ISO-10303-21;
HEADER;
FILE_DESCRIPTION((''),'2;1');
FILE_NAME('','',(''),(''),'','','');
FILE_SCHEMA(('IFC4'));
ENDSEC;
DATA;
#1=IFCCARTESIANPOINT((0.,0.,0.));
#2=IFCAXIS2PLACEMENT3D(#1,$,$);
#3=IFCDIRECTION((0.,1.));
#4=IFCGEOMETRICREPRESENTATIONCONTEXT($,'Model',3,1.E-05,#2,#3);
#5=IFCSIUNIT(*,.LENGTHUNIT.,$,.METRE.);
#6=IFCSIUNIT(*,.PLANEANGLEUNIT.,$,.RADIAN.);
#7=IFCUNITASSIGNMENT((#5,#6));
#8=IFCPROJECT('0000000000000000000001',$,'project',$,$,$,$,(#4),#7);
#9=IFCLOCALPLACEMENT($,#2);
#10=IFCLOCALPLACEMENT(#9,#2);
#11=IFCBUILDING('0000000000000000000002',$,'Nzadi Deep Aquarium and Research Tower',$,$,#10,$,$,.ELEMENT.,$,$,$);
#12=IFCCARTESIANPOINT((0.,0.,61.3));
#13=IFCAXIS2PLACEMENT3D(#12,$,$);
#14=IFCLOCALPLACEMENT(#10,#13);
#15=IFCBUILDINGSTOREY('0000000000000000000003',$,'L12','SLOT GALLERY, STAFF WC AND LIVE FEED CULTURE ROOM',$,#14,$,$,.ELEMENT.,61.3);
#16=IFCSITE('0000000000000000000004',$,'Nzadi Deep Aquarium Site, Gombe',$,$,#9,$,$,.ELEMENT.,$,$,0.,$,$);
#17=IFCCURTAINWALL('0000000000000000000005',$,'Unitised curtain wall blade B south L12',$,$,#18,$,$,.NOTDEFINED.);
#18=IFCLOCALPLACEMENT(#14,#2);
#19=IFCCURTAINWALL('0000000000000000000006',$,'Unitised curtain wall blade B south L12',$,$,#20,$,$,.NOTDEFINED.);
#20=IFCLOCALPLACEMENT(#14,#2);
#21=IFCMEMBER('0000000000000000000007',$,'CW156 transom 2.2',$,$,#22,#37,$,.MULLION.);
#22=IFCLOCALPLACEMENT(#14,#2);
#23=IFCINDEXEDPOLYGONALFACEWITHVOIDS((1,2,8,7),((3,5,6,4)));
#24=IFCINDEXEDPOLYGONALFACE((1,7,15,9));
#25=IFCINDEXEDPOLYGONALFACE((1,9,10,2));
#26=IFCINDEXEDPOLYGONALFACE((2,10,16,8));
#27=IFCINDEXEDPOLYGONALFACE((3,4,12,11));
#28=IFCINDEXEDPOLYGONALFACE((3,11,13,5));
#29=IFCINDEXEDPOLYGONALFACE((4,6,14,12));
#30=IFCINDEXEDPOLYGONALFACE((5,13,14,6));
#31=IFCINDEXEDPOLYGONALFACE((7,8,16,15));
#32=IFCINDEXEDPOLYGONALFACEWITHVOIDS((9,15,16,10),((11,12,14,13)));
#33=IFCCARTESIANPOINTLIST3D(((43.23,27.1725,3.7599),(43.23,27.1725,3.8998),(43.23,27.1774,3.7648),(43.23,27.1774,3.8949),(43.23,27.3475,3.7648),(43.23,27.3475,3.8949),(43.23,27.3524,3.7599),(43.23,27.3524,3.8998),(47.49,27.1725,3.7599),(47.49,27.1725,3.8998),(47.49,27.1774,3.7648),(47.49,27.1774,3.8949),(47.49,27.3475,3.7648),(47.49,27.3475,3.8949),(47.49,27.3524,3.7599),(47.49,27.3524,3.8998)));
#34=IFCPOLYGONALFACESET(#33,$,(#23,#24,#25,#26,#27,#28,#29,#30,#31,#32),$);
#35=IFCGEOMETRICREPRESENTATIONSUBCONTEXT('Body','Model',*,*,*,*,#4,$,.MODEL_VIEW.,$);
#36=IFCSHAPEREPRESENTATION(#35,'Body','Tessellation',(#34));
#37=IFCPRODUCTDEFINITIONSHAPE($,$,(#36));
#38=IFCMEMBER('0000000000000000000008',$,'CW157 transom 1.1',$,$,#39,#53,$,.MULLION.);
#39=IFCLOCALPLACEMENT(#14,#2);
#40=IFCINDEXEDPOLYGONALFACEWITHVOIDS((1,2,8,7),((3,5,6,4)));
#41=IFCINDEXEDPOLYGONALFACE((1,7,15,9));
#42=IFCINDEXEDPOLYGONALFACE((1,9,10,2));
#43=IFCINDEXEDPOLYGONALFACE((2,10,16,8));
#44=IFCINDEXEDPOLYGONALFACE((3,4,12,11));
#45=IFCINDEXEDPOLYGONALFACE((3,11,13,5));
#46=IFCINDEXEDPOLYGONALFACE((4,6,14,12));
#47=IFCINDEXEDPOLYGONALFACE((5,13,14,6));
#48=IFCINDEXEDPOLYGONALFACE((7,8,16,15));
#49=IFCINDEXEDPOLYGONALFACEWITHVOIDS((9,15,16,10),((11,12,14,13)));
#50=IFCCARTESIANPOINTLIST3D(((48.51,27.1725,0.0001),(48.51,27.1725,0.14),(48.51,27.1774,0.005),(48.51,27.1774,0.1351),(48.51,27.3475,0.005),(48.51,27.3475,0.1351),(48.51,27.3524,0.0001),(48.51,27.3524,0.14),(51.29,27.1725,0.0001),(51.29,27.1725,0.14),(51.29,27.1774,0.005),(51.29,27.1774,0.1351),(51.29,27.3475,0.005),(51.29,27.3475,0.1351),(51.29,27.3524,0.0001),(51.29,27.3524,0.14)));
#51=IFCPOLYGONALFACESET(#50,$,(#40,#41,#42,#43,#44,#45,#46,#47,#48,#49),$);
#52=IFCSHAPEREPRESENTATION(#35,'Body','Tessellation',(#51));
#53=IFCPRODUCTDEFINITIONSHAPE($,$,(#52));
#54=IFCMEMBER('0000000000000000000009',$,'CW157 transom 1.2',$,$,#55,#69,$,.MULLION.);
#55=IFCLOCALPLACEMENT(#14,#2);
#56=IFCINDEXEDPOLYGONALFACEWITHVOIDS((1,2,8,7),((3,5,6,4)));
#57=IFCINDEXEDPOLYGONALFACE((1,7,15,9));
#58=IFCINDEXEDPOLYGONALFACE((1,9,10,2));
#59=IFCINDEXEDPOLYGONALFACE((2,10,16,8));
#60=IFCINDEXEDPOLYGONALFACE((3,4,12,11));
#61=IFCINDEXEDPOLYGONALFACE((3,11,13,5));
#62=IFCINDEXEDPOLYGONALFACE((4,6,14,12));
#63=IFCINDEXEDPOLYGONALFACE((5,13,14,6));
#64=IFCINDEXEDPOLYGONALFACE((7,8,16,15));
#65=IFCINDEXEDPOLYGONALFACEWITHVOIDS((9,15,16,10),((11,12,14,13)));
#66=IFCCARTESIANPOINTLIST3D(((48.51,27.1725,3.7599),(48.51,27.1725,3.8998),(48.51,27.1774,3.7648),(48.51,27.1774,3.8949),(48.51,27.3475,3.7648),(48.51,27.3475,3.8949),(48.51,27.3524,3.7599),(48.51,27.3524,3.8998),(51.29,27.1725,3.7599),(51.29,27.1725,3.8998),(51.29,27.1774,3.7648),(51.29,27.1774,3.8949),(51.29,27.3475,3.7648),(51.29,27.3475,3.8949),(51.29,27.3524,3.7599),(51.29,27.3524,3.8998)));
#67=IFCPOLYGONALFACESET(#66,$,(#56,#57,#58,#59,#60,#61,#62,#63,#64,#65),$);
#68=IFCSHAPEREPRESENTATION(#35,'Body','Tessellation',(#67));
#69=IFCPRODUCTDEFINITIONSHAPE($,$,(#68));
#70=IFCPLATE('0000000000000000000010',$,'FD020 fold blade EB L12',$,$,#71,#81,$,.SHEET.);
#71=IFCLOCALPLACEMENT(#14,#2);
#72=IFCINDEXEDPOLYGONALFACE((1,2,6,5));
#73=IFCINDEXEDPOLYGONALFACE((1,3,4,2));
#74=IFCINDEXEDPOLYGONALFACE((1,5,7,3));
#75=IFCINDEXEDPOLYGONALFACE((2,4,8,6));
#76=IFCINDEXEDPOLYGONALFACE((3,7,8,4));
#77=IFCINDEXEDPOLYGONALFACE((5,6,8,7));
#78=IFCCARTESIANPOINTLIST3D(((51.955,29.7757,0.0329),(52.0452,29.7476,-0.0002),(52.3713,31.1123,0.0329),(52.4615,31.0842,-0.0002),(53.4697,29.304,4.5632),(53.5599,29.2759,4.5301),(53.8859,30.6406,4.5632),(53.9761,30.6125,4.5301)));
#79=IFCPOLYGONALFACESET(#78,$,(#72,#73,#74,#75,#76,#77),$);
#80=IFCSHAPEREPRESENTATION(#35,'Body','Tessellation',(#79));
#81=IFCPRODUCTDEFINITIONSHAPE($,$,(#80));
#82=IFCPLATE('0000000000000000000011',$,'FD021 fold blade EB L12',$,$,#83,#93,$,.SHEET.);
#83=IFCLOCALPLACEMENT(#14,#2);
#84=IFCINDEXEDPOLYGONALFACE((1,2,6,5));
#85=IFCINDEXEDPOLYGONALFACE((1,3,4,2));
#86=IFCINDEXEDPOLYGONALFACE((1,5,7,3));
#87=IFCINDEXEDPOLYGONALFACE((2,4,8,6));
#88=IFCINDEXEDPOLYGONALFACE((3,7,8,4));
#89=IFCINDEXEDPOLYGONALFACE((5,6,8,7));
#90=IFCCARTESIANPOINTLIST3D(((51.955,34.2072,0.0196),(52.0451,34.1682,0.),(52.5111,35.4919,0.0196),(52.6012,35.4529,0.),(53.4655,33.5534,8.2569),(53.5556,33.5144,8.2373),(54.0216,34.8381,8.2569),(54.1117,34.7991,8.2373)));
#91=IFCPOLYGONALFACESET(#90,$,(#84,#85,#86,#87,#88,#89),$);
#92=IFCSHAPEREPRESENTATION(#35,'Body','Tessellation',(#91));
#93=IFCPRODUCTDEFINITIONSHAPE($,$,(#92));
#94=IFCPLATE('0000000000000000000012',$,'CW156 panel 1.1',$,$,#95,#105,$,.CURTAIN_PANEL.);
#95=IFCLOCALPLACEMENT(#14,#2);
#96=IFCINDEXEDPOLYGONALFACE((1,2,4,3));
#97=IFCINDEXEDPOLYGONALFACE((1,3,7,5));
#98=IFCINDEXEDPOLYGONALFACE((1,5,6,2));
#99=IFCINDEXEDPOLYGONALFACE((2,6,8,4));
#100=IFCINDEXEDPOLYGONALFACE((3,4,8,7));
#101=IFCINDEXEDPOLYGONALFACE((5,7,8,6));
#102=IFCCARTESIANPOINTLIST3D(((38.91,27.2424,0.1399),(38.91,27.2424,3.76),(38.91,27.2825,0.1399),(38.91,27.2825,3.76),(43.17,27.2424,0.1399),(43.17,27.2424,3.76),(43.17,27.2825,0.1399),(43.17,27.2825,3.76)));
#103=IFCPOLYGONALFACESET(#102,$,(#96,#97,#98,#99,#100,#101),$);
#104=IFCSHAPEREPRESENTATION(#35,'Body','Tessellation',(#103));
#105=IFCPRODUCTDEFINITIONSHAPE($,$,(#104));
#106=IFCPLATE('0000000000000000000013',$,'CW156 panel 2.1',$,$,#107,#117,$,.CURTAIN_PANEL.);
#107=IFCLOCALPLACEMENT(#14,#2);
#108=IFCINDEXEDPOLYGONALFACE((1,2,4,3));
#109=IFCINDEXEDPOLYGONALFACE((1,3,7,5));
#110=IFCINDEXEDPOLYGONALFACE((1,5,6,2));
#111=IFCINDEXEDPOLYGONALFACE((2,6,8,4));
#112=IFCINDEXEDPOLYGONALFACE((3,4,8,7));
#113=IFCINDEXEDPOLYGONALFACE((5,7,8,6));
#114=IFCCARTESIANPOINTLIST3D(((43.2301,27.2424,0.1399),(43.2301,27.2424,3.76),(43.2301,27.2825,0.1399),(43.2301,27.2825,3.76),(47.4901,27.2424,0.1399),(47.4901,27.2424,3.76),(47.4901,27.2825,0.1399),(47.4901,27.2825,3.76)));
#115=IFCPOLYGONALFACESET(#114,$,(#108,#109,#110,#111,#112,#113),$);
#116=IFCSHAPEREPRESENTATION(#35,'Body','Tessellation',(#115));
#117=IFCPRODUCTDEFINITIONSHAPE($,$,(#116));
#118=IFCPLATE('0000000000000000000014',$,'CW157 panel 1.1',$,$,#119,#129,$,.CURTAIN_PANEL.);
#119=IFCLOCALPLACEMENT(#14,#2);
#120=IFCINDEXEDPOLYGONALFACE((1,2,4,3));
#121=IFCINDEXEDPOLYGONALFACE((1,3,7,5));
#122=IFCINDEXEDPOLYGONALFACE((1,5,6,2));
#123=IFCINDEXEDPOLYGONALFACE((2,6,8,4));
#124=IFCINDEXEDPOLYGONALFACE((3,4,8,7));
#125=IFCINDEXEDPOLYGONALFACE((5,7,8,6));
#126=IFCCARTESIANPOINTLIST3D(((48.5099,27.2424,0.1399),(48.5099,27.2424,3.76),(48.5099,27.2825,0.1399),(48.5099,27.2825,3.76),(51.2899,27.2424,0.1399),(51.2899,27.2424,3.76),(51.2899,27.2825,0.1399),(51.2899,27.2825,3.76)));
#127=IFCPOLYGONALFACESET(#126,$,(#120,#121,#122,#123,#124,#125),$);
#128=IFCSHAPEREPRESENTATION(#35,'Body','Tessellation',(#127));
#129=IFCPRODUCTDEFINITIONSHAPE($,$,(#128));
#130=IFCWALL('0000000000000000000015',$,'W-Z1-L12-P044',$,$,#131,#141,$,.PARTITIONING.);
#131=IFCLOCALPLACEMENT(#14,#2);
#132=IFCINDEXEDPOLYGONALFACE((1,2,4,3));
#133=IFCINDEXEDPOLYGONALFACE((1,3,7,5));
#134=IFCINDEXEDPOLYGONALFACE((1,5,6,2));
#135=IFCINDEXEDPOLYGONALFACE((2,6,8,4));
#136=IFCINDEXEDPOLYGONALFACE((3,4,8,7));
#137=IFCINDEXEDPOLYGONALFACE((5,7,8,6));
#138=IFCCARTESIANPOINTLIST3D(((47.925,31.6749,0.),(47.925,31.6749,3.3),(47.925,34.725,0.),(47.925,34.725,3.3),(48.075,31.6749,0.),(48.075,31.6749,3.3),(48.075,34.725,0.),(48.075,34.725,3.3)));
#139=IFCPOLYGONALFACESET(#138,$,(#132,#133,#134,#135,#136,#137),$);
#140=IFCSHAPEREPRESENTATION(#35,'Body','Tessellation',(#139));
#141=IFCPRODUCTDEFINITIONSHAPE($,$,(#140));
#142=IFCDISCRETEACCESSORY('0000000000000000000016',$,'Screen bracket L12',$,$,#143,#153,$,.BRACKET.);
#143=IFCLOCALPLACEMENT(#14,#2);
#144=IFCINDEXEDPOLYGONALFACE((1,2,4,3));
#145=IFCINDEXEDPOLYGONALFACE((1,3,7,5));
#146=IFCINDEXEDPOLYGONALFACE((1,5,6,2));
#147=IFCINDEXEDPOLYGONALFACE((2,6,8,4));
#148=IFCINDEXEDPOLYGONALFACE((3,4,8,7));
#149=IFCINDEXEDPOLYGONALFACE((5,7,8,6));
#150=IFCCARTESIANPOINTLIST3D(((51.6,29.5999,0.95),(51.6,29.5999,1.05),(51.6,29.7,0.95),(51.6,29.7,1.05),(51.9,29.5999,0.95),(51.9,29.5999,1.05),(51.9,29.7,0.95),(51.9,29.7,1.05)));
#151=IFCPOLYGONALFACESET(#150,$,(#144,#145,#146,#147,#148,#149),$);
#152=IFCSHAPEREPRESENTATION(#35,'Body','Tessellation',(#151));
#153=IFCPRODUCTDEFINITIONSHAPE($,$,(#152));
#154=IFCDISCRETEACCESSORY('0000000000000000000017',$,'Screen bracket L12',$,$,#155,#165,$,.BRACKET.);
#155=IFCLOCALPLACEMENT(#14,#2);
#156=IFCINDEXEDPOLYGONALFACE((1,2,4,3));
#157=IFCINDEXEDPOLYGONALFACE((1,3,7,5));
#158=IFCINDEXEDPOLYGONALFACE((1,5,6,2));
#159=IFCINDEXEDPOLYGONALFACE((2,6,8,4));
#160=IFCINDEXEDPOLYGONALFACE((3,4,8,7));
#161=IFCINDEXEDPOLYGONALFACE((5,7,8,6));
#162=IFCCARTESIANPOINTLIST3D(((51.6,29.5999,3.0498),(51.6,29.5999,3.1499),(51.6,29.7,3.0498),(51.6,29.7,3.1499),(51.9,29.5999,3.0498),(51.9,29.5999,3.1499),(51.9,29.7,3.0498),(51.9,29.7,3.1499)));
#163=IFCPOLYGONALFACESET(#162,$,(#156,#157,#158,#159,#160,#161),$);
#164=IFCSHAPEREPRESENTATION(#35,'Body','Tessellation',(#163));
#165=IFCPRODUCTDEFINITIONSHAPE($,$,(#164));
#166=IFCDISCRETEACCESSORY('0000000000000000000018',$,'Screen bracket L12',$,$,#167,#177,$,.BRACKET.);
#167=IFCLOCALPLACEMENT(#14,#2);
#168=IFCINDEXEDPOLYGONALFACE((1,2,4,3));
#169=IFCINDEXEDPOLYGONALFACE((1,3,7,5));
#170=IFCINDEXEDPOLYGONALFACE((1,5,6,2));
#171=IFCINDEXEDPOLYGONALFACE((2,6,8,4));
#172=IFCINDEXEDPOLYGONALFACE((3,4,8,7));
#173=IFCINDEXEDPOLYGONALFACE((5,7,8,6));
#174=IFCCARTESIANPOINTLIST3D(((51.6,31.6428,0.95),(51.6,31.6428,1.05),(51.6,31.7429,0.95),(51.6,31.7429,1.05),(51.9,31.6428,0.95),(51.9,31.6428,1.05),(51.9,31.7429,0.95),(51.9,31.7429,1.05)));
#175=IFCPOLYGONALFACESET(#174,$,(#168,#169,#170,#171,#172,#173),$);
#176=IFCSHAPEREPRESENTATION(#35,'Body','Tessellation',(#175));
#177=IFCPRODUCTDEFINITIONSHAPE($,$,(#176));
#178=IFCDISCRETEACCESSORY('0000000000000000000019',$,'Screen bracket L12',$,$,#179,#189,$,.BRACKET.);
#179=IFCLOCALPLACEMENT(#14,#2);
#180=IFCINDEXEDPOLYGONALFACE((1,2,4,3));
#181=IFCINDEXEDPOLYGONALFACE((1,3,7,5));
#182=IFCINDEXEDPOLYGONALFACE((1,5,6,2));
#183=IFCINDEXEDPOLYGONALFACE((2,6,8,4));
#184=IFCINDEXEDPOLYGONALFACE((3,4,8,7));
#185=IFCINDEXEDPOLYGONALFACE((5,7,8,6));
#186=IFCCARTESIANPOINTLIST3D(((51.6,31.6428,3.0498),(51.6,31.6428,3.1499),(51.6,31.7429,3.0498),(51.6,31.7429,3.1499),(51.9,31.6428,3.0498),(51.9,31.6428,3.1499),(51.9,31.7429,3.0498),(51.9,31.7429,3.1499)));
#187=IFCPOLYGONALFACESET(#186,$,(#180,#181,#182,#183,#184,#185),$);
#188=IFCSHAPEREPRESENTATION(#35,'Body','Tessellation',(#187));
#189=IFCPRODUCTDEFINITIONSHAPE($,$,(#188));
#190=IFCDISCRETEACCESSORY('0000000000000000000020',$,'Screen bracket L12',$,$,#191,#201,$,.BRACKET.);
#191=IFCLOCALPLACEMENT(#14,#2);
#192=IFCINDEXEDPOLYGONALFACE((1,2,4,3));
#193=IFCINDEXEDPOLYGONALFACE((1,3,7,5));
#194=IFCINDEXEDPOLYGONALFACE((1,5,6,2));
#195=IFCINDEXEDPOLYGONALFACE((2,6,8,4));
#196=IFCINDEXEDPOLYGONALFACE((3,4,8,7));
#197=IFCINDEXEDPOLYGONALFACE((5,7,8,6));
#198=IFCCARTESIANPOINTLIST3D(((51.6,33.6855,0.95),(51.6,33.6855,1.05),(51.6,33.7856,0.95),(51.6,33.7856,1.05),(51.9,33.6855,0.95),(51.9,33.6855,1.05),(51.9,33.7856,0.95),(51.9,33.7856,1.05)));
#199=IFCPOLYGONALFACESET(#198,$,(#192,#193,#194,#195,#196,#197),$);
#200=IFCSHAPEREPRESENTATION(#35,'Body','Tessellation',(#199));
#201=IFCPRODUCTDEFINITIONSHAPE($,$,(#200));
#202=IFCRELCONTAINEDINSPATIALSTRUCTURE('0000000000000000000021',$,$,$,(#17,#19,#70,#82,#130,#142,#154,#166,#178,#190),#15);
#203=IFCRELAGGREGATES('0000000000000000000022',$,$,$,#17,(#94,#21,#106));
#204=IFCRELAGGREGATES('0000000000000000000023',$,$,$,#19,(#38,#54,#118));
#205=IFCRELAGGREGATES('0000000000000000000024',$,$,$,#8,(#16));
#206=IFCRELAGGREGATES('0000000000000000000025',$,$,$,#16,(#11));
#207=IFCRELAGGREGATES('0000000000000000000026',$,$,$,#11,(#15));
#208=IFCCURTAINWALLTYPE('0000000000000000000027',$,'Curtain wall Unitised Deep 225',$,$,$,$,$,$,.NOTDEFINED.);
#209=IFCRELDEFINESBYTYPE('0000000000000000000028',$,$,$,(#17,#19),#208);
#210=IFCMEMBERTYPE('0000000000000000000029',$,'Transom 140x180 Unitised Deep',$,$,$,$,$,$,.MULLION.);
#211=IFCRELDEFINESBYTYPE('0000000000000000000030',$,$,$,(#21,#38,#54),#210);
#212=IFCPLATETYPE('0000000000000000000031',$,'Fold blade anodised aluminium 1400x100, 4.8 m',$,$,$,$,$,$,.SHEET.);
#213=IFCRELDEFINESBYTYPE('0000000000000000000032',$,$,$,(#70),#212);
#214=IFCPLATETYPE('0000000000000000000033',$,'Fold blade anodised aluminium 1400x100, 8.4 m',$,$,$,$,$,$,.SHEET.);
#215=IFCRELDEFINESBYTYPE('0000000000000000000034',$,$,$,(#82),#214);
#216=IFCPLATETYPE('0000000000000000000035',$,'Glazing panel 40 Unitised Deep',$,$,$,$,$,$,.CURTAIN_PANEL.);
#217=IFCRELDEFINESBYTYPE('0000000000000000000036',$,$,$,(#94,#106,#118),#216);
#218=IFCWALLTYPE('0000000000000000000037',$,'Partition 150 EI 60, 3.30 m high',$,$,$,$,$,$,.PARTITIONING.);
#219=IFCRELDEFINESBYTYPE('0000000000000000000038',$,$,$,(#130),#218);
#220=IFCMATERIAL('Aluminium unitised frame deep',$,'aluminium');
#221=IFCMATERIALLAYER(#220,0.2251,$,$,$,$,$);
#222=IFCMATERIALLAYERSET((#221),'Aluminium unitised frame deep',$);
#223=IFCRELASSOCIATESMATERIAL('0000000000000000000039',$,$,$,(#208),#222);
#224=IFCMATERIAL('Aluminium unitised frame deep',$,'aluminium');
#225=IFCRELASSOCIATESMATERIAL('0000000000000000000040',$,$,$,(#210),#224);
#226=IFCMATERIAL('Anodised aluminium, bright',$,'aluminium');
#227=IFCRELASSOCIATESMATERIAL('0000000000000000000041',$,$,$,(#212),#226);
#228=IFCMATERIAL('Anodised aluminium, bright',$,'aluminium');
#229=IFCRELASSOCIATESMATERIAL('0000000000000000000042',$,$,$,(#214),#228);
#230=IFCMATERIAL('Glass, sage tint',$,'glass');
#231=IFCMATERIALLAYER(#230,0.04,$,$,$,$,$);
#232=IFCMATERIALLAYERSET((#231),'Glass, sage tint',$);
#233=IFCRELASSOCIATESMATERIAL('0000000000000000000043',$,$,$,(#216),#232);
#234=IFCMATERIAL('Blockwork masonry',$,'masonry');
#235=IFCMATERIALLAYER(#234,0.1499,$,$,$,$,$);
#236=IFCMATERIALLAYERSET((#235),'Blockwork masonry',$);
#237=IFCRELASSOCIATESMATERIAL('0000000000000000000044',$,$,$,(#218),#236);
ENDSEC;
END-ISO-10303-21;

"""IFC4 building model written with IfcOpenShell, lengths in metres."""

from ifc_helpers import new_model, si_unit, direction, frame, frame_2d, origin, origin_2d, place, context, subcontext, project, spatial, rectangle, hollow_rectangle, extrude, material, layer, layer_set, material_profile, profile_set, type_object, element, aggregate, save


model = new_model("IFC4")

# Units and contexts
model_context = context("Model", 3, precision=1e-05, world=origin(), true_north=direction((0.0, 1.0)))
body_context = subcontext(model_context, "Body", "Model", "MODEL_VIEW")
ifc_project = project(units=[si_unit("LENGTHUNIT", "METRE"), si_unit("PLANEANGLEUNIT", "RADIAN")], contexts=[model_context])

# Site, building, storey
site_placement = place(None, origin())
site = spatial("IfcSite", under=ifc_project, at=site_placement, Name="Nzadi Deep Aquarium Site, Gombe", CompositionType="ELEMENT", RefElevation=0.0)
building_placement = place(site_placement, origin())
building = spatial("IfcBuilding", under=site, at=building_placement, Name="Nzadi Deep Aquarium and Research Tower", CompositionType="ELEMENT")
storey_placement = place(building_placement, frame((0.0, 0.0, 61.3)))
storey = spatial("IfcBuildingStorey", under=building, at=storey_placement, Name="L12", Description="SLOT GALLERY, STAFF WC AND LIVE FEED CULTURE ROOM", CompositionType="ELEMENT", Elevation=61.3)

# Curtain walls
ifc_material_1 = material(Name="Aluminium unitised frame deep", Category="aluminium")
ifc_layer_1 = layer(ifc_material_1, 0.2251)
ifc_layer_set_1 = layer_set([ifc_layer_1], Name="Aluminium unitised frame deep")
curtain_wall_type = type_object("IfcCurtainWallType", Name="Curtain wall Unitised Deep 225", PredefinedType="NOTDEFINED", material=ifc_layer_set_1)
curtain_wall_1_placement = place(storey_placement, origin())
curtain_wall_1 = element("IfcCurtainWall", 1, at=curtain_wall_1_placement, inside=storey, type_object=curtain_wall_type, Name="Unitised curtain wall blade B south L12", PredefinedType="NOTDEFINED")
curtain_wall_2_placement = place(storey_placement, origin())
curtain_wall_2 = element("IfcCurtainWall", 2, at=curtain_wall_2_placement, inside=storey, type_object=curtain_wall_type, Name="Unitised curtain wall blade B south L12", PredefinedType="NOTDEFINED")

# Members
ifc_material_2 = material(Name="Aluminium unitised frame deep", Category="aluminium")
ifc_material_profile_1 = material_profile(ifc_material_2, hollow_rectangle(XDim=0.1799, YDim=0.1399, WallThickness=0.0049, at=origin_2d()))
ifc_profile_set_1 = profile_set([ifc_material_profile_1], Name="Aluminium unitised frame deep")
member_type_1 = type_object("IfcMemberType", Name="Transom 140x180 Unitised Deep", PredefinedType="MULLION", material=ifc_profile_set_1)
member_1_placement = place(storey_placement, frame((43.23, 27.2625, 3.8298), z_axis=(1.0, 0.0, 0.0), x_axis=(0.0, 1.0, 0.0)))
member_1 = element("IfcMember", 3, at=member_1_placement, type_object=member_type_1, Name="CW156 transom 2.2", PredefinedType="MULLION", context=body_context, shape_type="SweptSolid", body=[
    extrude(hollow_rectangle(XDim=0.1799, YDim=0.1399, WallThickness=0.0049, at=origin_2d()), origin(), (0.0, 0.0, 1.0), 4.26),
])
member_2_placement = place(storey_placement, frame((48.51, 27.2625, 0.0701), z_axis=(1.0, 0.0, 0.0), x_axis=(0.0, 1.0, 0.0)))
member_2 = element("IfcMember", 4, at=member_2_placement, type_object=member_type_1, Name="CW157 transom 1.1", PredefinedType="MULLION", context=body_context, shape_type="SweptSolid", body=[
    extrude(hollow_rectangle(XDim=0.1799, YDim=0.1399, WallThickness=0.0049, at=origin_2d()), origin(), (0.0, 0.0, 1.0), 2.78),
])
member_3_placement = place(storey_placement, frame((48.51, 27.2625, 3.8298), z_axis=(1.0, 0.0, 0.0), x_axis=(0.0, 1.0, 0.0)))
member_3 = element("IfcMember", 5, at=member_3_placement, type_object=member_type_1, Name="CW157 transom 1.2", PredefinedType="MULLION", context=body_context, shape_type="SweptSolid", body=[
    extrude(hollow_rectangle(XDim=0.1799, YDim=0.1399, WallThickness=0.0049, at=origin_2d()), origin(), (0.0, 0.0, 1.0), 2.78),
])

# Plates
ifc_material_3 = material(Name="Anodised aluminium, bright", Category="aluminium")
ifc_material_profile_2 = material_profile(ifc_material_3, rectangle(XDim=1.3999, YDim=0.1001, at=origin_2d()))
ifc_profile_set_2 = profile_set([ifc_material_profile_2], Name="Anodised aluminium, bright")
plate_type_1 = type_object("IfcPlateType", Name="Fold blade anodised aluminium 1400x100, 4.8 m", PredefinedType="SHEET", material=ifc_profile_set_2)
plate_1_placement = place(storey_placement, frame((52.2083, 30.4299, 0.0164), z_axis=(0.315552, -0.098267, 0.943807), x_axis=(0.297328, 0.954775, 0.0)))
element("IfcPlate", 6, at=plate_1_placement, inside=storey, type_object=plate_type_1, Name="FD020 fold blade EB L12", PredefinedType="SHEET", context=body_context, shape_type="SweptSolid", body=[
    extrude(rectangle(XDim=1.3999, YDim=0.1001, at=origin_2d()), origin(), (0.0, 0.0, 1.0), 4.8),
])
ifc_material_4 = material(Name="Anodised aluminium, bright", Category="aluminium")
ifc_material_profile_3 = material_profile(ifc_material_4, rectangle(XDim=1.3999, YDim=0.1001, at=origin_2d()))
ifc_profile_set_3 = profile_set([ifc_material_profile_3], Name="Anodised aluminium, bright")
plate_type_2 = type_object("IfcPlateType", Name="Fold blade anodised aluminium 1400x100, 8.4 m", PredefinedType="SHEET", material=ifc_profile_set_3)
plate_2_placement = place(storey_placement, frame((52.2781, 34.8301, 0.0098), z_axis=(0.179818, -0.077833, 0.980616), x_axis=(0.397229, 0.91772, 0.0)))
element("IfcPlate", 7, at=plate_2_placement, inside=storey, type_object=plate_type_2, Name="FD021 fold blade EB L12", PredefinedType="SHEET", context=body_context, shape_type="SweptSolid", body=[
    extrude(rectangle(XDim=1.3999, YDim=0.1001, at=origin_2d()), origin(), (0.0, 0.0, 1.0), 8.4001),
])

# Plates
ifc_material_5 = material(Name="Glass, sage tint", Category="glass")
ifc_layer_2 = layer(ifc_material_5, 0.04)
ifc_layer_set_2 = layer_set([ifc_layer_2], Name="Glass, sage tint")
plate_type_3 = type_object("IfcPlateType", Name="Glazing panel 40 Unitised Deep", PredefinedType="CURTAIN_PANEL", material=ifc_layer_set_2)
plate_3_placement = place(storey_placement, frame((41.04, 27.2625, 0.1399), z_axis=(0.0, 0.0, 1.0), x_axis=(1.0, 0.0, 0.0)))
plate_3 = element("IfcPlate", 8, at=plate_3_placement, type_object=plate_type_3, Name="CW156 panel 1.1", PredefinedType="CURTAIN_PANEL", context=body_context, shape_type="SweptSolid", body=[
    extrude(rectangle(XDim=4.26, YDim=0.04, at=origin_2d()), origin(), (0.0, 0.0, 1.0), 3.6201),
])
plate_4_placement = place(storey_placement, frame((45.3601, 27.2625, 0.1399), z_axis=(0.0, 0.0, 1.0), x_axis=(1.0, 0.0, 0.0)))
plate_4 = element("IfcPlate", 9, at=plate_4_placement, type_object=plate_type_3, Name="CW156 panel 2.1", PredefinedType="CURTAIN_PANEL", context=body_context, shape_type="SweptSolid", body=[
    extrude(rectangle(XDim=4.26, YDim=0.04, at=origin_2d()), origin(), (0.0, 0.0, 1.0), 3.6201),
])
aggregate(curtain_wall_1, [plate_3, member_1, plate_4])
plate_5_placement = place(storey_placement, frame((49.8999, 27.2625, 0.1399), z_axis=(0.0, 0.0, 1.0), x_axis=(1.0, 0.0, 0.0)))
plate_5 = element("IfcPlate", 10, at=plate_5_placement, type_object=plate_type_3, Name="CW157 panel 1.1", PredefinedType="CURTAIN_PANEL", context=body_context, shape_type="SweptSolid", body=[
    extrude(rectangle(XDim=2.78, YDim=0.04, at=origin_2d()), origin(), (0.0, 0.0, 1.0), 3.6201),
])
aggregate(curtain_wall_2, [member_2, member_3, plate_5])

# Wall
ifc_material_6 = material(Name="Blockwork masonry", Category="masonry")
ifc_layer_3 = layer(ifc_material_6, 0.1499)
ifc_layer_set_3 = layer_set([ifc_layer_3], Name="Blockwork masonry")
wall_type = type_object("IfcWallType", Name="Partition 150 EI 60, 3.30 m high", PredefinedType="PARTITIONING", material=ifc_layer_set_3)
wall_placement = place(storey_placement, frame((48.0, 31.675, 0.0), z_axis=(0.0, 0.0, 1.0), x_axis=(0.0, 1.0, 0.0)))
element("IfcWall", 11, at=wall_placement, inside=storey, type_object=wall_type, Name="W-Z1-L12-P044", PredefinedType="PARTITIONING", context=body_context, shape_type="SweptSolid", body=[
    extrude(rectangle(XDim=3.05, YDim=0.1499, at=frame_2d((1.5249, 0.0))), origin(), (0.0, 0.0, 1.0), 3.3),
])

# Discrete accessories
for number, where, z_axis, x_axis, name in (
    (12, (51.75, 29.6499, 0.95), (0.0, 0.0, 1.0), (1.0, 0.0, 0.0), "Screen bracket L12"),
    (13, (51.75, 29.6499, 3.0498), (0.0, 0.0, 1.0), (1.0, 0.0, 0.0), "Screen bracket L12"),
    (14, (51.75, 31.6929, 0.95), (0.0, 0.0, 1.0), (1.0, 0.0, 0.0), "Screen bracket L12"),
    (15, (51.75, 31.6929, 3.0498), (0.0, 0.0, 1.0), (1.0, 0.0, 0.0), "Screen bracket L12"),
    (16, (51.75, 33.7356, 0.95), (0.0, 0.0, 1.0), (1.0, 0.0, 0.0), "Screen bracket L12"),
):
    element("IfcDiscreteAccessory", number, at=place(storey_placement, frame(where, z_axis=z_axis, x_axis=x_axis)), inside=storey, Name=name, PredefinedType="BRACKET", context=body_context, shape_type="SweptSolid", body=[
        extrude(rectangle(XDim=0.3, YDim=0.1001, at=origin_2d()), origin(), (0.0, 0.0, 1.0), 0.1001),
    ])

save(model, "model.ifc")
